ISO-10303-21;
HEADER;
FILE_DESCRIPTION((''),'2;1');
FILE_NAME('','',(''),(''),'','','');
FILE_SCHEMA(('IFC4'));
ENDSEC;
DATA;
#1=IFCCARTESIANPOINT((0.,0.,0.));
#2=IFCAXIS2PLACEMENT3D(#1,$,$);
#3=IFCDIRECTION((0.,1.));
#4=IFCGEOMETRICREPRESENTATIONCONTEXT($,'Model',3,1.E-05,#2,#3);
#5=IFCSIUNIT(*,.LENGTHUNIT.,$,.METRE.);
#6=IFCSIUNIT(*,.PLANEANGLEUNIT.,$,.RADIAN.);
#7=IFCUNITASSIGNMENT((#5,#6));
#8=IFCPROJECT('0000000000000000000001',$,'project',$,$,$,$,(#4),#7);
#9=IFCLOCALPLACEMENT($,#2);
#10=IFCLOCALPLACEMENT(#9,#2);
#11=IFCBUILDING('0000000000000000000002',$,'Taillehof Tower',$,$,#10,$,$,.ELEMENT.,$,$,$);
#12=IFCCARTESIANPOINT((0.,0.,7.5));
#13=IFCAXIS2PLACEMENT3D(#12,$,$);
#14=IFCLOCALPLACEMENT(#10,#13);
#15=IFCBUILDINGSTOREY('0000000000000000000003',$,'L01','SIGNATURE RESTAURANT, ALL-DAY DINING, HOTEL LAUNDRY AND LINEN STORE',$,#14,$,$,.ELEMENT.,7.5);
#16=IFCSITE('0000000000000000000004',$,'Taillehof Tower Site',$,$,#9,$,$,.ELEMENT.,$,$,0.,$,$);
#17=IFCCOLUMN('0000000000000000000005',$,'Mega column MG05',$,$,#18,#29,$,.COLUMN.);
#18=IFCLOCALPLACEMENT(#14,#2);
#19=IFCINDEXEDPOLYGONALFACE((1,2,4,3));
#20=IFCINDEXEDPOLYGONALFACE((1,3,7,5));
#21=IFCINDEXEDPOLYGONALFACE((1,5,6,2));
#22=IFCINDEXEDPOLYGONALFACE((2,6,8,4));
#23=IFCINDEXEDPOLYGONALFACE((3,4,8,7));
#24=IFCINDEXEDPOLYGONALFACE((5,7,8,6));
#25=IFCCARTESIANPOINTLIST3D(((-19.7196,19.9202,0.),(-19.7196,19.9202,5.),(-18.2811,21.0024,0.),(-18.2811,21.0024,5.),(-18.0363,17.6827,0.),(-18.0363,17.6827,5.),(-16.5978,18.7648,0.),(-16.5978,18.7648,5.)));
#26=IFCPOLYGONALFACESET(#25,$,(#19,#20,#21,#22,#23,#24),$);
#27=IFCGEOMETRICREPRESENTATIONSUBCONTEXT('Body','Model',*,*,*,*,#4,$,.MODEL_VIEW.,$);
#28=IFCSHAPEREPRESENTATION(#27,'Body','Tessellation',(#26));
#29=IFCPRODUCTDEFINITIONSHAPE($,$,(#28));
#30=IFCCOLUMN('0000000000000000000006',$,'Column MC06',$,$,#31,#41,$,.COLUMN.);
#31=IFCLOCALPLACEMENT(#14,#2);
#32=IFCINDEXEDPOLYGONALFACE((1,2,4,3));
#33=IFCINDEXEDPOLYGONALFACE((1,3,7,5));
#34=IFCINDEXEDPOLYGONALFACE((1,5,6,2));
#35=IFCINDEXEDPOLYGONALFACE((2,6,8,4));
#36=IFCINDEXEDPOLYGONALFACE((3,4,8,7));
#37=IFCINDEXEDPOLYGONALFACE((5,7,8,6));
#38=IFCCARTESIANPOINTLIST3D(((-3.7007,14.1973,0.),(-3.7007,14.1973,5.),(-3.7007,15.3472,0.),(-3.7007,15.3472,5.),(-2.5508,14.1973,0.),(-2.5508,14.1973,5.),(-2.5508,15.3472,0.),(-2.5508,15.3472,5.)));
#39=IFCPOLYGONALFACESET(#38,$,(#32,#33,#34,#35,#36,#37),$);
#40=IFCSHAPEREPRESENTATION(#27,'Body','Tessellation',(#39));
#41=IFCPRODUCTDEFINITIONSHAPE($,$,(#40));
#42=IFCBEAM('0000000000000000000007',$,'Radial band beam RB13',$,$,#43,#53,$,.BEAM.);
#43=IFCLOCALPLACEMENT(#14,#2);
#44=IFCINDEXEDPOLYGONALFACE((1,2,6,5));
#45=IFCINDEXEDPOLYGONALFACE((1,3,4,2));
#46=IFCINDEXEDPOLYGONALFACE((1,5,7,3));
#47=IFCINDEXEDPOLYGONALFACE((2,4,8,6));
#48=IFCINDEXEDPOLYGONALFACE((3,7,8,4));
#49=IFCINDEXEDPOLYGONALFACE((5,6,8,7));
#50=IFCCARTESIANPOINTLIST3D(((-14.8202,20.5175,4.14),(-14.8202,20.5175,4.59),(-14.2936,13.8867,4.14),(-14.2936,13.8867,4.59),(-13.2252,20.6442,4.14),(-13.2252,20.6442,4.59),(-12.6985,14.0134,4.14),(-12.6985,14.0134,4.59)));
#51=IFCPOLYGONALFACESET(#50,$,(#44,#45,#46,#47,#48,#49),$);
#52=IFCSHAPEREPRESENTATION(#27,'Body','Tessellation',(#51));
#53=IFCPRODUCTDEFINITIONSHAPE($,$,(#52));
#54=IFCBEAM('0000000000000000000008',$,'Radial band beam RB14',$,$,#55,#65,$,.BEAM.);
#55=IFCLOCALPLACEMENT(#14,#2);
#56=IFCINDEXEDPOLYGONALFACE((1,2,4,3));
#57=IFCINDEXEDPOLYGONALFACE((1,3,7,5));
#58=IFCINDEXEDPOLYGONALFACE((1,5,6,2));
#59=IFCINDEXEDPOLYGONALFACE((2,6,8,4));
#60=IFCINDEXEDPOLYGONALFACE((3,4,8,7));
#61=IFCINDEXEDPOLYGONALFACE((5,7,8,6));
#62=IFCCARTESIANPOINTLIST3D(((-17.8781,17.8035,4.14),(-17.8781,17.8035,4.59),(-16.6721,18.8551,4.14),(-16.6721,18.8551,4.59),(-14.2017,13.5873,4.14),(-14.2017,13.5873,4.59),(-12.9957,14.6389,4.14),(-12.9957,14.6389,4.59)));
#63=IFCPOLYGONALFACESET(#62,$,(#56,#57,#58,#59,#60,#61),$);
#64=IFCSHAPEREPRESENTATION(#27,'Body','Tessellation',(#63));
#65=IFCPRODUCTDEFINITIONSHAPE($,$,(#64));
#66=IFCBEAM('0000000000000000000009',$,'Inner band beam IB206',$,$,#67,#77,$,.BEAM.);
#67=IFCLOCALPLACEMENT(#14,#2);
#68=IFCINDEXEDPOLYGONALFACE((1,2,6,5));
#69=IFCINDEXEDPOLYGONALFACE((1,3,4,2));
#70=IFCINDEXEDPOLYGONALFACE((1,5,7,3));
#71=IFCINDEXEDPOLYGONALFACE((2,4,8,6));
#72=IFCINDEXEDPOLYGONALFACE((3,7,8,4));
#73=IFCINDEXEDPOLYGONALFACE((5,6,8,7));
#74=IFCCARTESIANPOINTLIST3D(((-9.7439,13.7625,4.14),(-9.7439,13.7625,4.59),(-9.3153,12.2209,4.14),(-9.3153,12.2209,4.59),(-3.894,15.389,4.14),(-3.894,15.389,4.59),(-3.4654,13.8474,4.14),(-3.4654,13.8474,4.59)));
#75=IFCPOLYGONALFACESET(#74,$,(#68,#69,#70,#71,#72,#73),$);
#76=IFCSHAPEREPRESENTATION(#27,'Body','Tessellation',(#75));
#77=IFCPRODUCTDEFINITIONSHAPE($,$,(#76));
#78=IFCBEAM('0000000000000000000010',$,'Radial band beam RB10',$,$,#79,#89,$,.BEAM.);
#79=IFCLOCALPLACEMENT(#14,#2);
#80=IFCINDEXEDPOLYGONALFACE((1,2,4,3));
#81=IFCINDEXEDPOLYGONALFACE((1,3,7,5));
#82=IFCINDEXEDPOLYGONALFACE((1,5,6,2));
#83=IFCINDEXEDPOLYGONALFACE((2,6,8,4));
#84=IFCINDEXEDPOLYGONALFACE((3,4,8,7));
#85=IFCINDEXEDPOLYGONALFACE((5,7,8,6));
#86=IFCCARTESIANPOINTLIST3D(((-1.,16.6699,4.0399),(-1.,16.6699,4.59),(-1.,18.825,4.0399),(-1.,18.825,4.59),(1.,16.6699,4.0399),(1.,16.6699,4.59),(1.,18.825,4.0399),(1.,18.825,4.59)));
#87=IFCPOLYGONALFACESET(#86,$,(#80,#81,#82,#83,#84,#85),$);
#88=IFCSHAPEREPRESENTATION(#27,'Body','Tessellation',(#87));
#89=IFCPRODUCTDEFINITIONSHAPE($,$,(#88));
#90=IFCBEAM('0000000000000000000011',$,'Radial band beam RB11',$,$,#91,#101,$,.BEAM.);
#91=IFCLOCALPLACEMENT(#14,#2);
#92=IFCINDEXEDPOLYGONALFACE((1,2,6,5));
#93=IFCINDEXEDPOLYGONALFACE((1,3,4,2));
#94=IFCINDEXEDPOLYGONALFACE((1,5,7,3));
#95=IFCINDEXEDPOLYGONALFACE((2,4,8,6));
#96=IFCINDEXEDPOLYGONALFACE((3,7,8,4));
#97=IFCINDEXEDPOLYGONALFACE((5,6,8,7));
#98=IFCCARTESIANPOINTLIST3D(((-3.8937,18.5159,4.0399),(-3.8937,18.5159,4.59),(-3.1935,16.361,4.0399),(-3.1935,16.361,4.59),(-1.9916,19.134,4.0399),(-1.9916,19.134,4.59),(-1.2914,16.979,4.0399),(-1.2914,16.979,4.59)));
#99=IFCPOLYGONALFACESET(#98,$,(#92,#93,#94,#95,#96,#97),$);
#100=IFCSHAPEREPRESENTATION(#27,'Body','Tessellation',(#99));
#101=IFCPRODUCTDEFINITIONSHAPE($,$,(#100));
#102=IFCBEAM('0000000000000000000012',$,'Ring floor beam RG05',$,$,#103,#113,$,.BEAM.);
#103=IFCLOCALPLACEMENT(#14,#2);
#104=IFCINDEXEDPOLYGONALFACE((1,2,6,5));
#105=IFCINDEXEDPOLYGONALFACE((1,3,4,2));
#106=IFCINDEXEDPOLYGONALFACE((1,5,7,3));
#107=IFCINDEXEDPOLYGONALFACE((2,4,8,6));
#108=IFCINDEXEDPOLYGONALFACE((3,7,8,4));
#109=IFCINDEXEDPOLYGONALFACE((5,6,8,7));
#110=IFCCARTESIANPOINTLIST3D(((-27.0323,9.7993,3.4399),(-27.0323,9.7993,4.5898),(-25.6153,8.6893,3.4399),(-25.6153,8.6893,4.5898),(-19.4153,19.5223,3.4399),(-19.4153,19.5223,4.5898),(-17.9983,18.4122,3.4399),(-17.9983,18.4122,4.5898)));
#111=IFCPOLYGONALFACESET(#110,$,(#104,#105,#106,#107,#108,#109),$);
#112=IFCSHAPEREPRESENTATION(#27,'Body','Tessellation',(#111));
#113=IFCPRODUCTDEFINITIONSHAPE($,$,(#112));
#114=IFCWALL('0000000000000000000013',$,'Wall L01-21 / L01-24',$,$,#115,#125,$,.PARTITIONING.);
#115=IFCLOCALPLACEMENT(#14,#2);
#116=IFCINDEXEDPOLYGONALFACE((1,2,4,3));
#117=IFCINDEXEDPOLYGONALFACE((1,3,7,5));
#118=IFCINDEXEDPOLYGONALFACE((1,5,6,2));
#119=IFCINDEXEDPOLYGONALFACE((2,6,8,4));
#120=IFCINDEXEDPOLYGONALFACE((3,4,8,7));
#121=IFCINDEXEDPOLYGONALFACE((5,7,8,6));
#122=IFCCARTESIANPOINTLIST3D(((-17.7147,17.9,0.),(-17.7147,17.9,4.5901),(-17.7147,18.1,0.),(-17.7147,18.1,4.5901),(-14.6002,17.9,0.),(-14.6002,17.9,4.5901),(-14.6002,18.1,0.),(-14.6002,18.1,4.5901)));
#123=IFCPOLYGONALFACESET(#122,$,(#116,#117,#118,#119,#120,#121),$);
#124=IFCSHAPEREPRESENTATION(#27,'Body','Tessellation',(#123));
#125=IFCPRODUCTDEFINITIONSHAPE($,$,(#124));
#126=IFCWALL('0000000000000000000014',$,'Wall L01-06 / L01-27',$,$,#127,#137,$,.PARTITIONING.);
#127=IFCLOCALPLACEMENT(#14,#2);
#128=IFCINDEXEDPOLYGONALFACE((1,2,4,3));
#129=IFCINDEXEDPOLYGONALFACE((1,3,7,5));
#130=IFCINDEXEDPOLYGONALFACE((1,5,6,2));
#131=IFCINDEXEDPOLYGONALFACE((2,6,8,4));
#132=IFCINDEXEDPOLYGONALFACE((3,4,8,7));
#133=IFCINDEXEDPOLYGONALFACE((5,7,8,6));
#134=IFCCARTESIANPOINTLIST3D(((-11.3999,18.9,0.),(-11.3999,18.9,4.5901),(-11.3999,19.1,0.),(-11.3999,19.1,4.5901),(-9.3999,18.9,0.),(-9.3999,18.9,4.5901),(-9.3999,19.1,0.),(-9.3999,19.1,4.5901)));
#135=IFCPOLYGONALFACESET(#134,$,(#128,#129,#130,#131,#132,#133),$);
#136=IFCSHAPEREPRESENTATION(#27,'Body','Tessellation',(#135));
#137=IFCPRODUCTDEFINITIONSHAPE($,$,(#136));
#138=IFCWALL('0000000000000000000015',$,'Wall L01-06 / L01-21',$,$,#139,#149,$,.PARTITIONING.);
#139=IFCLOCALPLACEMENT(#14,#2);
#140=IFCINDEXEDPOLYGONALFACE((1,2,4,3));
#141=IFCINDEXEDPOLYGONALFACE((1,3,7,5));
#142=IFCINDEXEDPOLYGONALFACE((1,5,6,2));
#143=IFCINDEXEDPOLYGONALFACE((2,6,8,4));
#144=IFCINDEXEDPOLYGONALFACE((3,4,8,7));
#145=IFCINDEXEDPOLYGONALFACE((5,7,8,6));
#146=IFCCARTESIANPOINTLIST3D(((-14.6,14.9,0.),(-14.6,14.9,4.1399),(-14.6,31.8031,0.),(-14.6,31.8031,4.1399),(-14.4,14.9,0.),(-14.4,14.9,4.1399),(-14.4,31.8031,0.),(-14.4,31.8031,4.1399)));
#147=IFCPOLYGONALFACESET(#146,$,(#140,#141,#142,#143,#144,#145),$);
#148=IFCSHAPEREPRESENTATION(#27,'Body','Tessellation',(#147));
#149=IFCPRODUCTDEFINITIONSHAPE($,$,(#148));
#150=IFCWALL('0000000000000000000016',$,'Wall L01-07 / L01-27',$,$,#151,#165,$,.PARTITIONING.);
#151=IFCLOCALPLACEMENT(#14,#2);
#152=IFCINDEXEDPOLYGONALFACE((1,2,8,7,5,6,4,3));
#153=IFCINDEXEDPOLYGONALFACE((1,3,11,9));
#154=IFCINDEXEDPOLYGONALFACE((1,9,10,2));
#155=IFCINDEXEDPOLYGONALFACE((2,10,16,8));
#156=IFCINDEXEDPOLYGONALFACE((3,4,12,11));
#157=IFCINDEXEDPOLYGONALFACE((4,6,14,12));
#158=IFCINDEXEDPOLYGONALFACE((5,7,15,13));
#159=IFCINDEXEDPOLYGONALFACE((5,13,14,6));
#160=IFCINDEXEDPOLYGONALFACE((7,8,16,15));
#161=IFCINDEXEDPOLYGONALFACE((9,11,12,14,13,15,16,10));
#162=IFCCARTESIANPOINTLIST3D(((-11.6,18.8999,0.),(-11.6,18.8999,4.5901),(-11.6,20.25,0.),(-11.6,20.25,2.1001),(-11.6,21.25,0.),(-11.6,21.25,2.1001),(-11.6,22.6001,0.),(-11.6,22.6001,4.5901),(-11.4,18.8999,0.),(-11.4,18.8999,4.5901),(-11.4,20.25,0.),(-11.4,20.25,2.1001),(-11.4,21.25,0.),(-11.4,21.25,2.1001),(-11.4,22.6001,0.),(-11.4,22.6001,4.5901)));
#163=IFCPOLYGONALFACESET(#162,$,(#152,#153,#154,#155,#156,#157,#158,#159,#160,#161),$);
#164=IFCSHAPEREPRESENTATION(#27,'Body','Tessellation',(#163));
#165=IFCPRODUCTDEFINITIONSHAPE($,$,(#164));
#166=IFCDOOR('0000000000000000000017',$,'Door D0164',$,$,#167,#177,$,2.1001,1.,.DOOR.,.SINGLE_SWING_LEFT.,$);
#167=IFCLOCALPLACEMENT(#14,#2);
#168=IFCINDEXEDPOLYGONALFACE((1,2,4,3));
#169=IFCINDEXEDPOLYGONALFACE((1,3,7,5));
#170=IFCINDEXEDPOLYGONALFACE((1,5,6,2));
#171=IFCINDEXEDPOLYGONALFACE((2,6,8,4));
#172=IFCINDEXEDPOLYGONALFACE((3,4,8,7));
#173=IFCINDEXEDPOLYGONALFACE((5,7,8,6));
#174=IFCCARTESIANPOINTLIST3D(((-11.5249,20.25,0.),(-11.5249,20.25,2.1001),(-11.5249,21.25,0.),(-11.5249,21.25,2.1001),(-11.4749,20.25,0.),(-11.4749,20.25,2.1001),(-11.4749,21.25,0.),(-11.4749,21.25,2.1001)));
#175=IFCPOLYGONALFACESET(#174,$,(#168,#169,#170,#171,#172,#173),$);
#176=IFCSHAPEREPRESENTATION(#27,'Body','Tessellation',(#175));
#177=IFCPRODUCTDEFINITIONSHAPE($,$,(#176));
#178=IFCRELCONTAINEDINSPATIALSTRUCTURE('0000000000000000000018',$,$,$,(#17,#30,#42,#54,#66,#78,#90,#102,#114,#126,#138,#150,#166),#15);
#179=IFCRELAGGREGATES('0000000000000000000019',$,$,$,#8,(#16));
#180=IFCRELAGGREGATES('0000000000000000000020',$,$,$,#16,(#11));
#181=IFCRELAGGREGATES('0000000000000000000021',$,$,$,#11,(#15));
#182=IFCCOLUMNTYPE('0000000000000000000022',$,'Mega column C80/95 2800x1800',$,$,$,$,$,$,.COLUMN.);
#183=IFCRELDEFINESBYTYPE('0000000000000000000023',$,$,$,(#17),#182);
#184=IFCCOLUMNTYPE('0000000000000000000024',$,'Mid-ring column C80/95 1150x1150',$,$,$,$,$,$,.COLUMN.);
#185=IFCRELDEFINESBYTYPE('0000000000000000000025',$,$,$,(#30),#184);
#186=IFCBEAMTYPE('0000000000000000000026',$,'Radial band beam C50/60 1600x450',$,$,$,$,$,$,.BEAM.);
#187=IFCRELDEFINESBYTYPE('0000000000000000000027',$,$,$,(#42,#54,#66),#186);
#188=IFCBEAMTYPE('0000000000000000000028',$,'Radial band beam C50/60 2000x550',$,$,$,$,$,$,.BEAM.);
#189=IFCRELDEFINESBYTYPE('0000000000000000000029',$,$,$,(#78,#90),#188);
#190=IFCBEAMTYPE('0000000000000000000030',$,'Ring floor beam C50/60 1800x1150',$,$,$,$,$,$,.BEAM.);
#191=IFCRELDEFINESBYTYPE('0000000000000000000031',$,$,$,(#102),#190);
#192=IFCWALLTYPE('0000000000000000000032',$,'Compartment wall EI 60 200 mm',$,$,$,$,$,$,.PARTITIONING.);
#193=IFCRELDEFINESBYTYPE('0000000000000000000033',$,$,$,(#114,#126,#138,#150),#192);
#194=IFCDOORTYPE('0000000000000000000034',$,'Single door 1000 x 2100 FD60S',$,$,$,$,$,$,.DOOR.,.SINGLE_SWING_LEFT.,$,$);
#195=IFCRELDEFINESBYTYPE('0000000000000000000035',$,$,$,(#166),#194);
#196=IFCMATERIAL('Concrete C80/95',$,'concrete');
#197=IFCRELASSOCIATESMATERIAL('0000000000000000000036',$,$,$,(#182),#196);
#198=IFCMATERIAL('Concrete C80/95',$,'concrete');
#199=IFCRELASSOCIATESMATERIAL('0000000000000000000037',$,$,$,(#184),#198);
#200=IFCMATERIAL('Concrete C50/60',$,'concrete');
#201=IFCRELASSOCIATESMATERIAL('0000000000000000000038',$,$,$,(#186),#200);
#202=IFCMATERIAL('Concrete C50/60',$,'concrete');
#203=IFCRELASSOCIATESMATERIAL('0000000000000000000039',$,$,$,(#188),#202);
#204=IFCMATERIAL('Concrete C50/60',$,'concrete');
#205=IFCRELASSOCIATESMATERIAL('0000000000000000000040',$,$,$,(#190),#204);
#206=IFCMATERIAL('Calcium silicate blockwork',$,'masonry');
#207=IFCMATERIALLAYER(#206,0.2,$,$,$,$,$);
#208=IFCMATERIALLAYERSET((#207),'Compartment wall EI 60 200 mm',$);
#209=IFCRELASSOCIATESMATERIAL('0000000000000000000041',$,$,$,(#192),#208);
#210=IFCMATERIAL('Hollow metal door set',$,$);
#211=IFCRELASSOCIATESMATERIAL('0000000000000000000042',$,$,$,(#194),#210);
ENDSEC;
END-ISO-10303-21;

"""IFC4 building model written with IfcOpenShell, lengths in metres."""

from ifc_helpers import new_model, si_unit, direction, frame, frame_2d, origin, origin_2d, place, context, subcontext, project, spatial, rectangle, extrude, material, layer, layer_set, material_profile, profile_set, type_object, element, fill, save


model = new_model("IFC4")

# Units and contexts
model_context = context("Model", 3, precision=1e-05, world=origin(), true_north=direction((0.0, 1.0)))
body_context = subcontext(model_context, "Body", "Model", "MODEL_VIEW")
ifc_project = project(units=[si_unit("LENGTHUNIT", "METRE"), si_unit("PLANEANGLEUNIT", "RADIAN")], contexts=[model_context])

# Site, building, storey
site_placement = place(None, origin())
site = spatial("IfcSite", under=ifc_project, at=site_placement, Name="Taillehof Tower Site", CompositionType="ELEMENT", RefElevation=0.0)
building_placement = place(site_placement, origin())
building = spatial("IfcBuilding", under=site, at=building_placement, Name="Taillehof Tower", CompositionType="ELEMENT")
storey_placement = place(building_placement, frame((0.0, 0.0, 7.5)))
storey = spatial("IfcBuildingStorey", under=building, at=storey_placement, Name="L01", Description="SIGNATURE RESTAURANT, ALL-DAY DINING, HOTEL LAUNDRY AND LINEN STORE", CompositionType="ELEMENT", Elevation=7.5)

# Columns
ifc_material_1 = material(Name="Concrete C80/95", Category="concrete")
ifc_material_profile_1 = material_profile(ifc_material_1, rectangle(XDim=2.8, YDim=1.8, at=origin_2d()), Name="RC 2800x1800")
ifc_profile_set_1 = profile_set([ifc_material_profile_1], Name="Concrete C80/95")
column_type_1 = type_object("IfcColumnType", Name="Mega column C80/95 2800x1800", PredefinedType="COLUMN", material=ifc_profile_set_1)
column_1_placement = place(storey_placement, frame((-18.1587, 19.3425, 0.0), z_axis=(0.0, 0.0, 1.0), x_axis=(-0.601174, 0.799118, 0.0)))
element("IfcColumn", 1, at=column_1_placement, inside=storey, type_object=column_type_1, Name="Mega column MG05", PredefinedType="COLUMN", context=body_context, shape_type="SweptSolid", body=[
    extrude(rectangle(XDim=2.8, YDim=1.8, at=origin_2d()), origin(), (0.0, 0.0, 1.0), 5.0),
])
ifc_material_2 = material(Name="Concrete C80/95", Category="concrete")
ifc_material_profile_2 = material_profile(ifc_material_2, rectangle(XDim=1.1499, YDim=1.1499, at=origin_2d()), Name="RC 1150x1150")
ifc_profile_set_2 = profile_set([ifc_material_profile_2], Name="Concrete C80/95")
column_type_2 = type_object("IfcColumnType", Name="Mid-ring column C80/95 1150x1150", PredefinedType="COLUMN", material=ifc_profile_set_2)
column_2_placement = place(storey_placement, frame((-3.1257, 14.7722, 0.0), z_axis=(0.0, 0.0, 1.0), x_axis=(1.0, 0.0, 0.0)))
element("IfcColumn", 2, at=column_2_placement, inside=storey, type_object=column_type_2, Name="Column MC06", PredefinedType="COLUMN", context=body_context, shape_type="SweptSolid", body=[
    extrude(rectangle(XDim=1.1499, YDim=1.1499, at=origin_2d()), origin(), (0.0, 0.0, 1.0), 5.0),
])

# Beams
ifc_material_3 = material(Name="Concrete C50/60", Category="concrete")
ifc_material_profile_3 = material_profile(ifc_material_3, rectangle(XDim=1.6001, YDim=0.45, at=origin_2d()), Name="RC 1600x450")
ifc_profile_set_3 = profile_set([ifc_material_profile_3], Name="Concrete C50/60")
beam_type_1 = type_object("IfcBeamType", Name="Radial band beam C50/60 1600x450", PredefinedType="BEAM", material=ifc_profile_set_3)
beam_1_placement = place(storey_placement, frame((-14.0227, 20.5808, 4.365), z_axis=(0.079172, -0.996861, 0.0), x_axis=(0.996861, 0.079172, 0.0)))
element("IfcBeam", 3, at=beam_1_placement, inside=storey, type_object=beam_type_1, Name="Radial band beam RB13", PredefinedType="BEAM", context=body_context, shape_type="SweptSolid", body=[
    extrude(rectangle(XDim=1.6001, YDim=0.45, at=origin_2d()), origin(), (0.0, 0.0, 1.0), 6.6516),
])
beam_2_placement = place(storey_placement, frame((-17.2751, 18.3293, 4.365), z_axis=(0.657212, -0.753706, 0.0), x_axis=(0.753706, 0.657212, 0.0)))
element("IfcBeam", 4, at=beam_2_placement, inside=storey, type_object=beam_type_1, Name="Radial band beam RB14", PredefinedType="BEAM", context=body_context, shape_type="SweptSolid", body=[
    extrude(rectangle(XDim=1.6001, YDim=0.45, at=origin_2d()), origin(), (0.0, 0.0, 1.0), 5.594),
])
beam_3_placement = place(storey_placement, frame((-3.6797, 14.6182, 4.365), z_axis=(-0.963454, -0.267874, 0.0), x_axis=(0.267874, -0.963454, 0.0)))
element("IfcBeam", 5, at=beam_3_placement, inside=storey, type_object=beam_type_1, Name="Inner band beam IB206", PredefinedType="BEAM", context=body_context, shape_type="SweptSolid", body=[
    extrude(rectangle(XDim=1.6001, YDim=0.45, at=origin_2d()), origin(), (0.0, 0.0, 1.0), 6.0718),
])
ifc_material_4 = material(Name="Concrete C50/60", Category="concrete")
ifc_material_profile_4 = material_profile(ifc_material_4, rectangle(XDim=2.0, YDim=0.55, at=origin_2d()), Name="RC 2000x550")
ifc_profile_set_4 = profile_set([ifc_material_profile_4], Name="Concrete C50/60")
beam_type_2 = type_object("IfcBeamType", Name="Radial band beam C50/60 2000x550", PredefinedType="BEAM", material=ifc_profile_set_4)
beam_4_placement = place(storey_placement, frame((0.0, 18.825, 4.3149), z_axis=(0.0, -1.0, 0.0), x_axis=(1.0, 0.0, 0.0)))
element("IfcBeam", 6, at=beam_4_placement, inside=storey, type_object=beam_type_2, Name="Radial band beam RB10", PredefinedType="BEAM", context=body_context, shape_type="SweptSolid", body=[
    extrude(rectangle(XDim=2.0, YDim=0.55, at=origin_2d()), origin(), (0.0, 0.0, 1.0), 2.155),
])
beam_5_placement = place(storey_placement, frame((-2.9426, 18.825, 4.3149), z_axis=(0.309011, -0.951059, 0.0), x_axis=(0.951059, 0.309011, 0.0)))
element("IfcBeam", 7, at=beam_5_placement, inside=storey, type_object=beam_type_2, Name="Radial band beam RB11", PredefinedType="BEAM", context=body_context, shape_type="SweptSolid", body=[
    extrude(rectangle(XDim=2.0, YDim=0.55, at=origin_2d()), origin(), (0.0, 0.0, 1.0), 2.2659),
])
ifc_material_5 = material(Name="Concrete C50/60", Category="concrete")
ifc_material_profile_5 = material_profile(ifc_material_5, rectangle(XDim=1.8, YDim=1.1499, at=origin_2d()), Name="RC 1800x1150")
ifc_profile_set_5 = profile_set([ifc_material_profile_5], Name="Concrete C50/60")
beam_type_3 = type_object("IfcBeamType", Name="Ring floor beam C50/60 1800x1150", PredefinedType="BEAM", material=ifc_profile_set_5)
beam_6_placement = place(storey_placement, frame((-18.7068, 18.9673, 4.0149), z_axis=(-0.616696, -0.787202, 0.0), x_axis=(0.787202, -0.616696, 0.0)))
element("IfcBeam", 8, at=beam_6_placement, inside=storey, type_object=beam_type_3, Name="Ring floor beam RG05", PredefinedType="BEAM", context=body_context, shape_type="SweptSolid", body=[
    extrude(rectangle(XDim=1.8, YDim=1.1499, at=origin_2d()), origin(), (0.0, 0.0, 1.0), 12.3513),
])

# Walls
ifc_material_6 = material(Name="Calcium silicate blockwork", Category="masonry")
ifc_layer_1 = layer(ifc_material_6, 0.2)
ifc_layer_set_1 = layer_set([ifc_layer_1], Name="Compartment wall EI 60 200 mm")
wall_type_1 = type_object("IfcWallType", Name="Compartment wall EI 60 200 mm", PredefinedType="PARTITIONING", material=ifc_layer_set_1)
wall_1_placement = place(storey_placement, frame((-17.7146, 18.0, 0.0), z_axis=(0.0, 0.0, 1.0), x_axis=(1.0, 0.0, 0.0)))
element("IfcWall", 9, at=wall_1_placement, inside=storey, type_object=wall_type_1, Name="Wall L01-21 / L01-24", PredefinedType="PARTITIONING", context=body_context, shape_type="SweptSolid", body=[
    extrude(rectangle(XDim=3.1145, YDim=0.2, at=frame_2d((1.5571, 0.0))), origin(), (0.0, 0.0, 1.0), 4.5901),
])
wall_2_placement = place(storey_placement, frame((-11.3999, 19.0, 0.0), z_axis=(0.0, 0.0, 1.0), x_axis=(1.0, 0.0, 0.0)))
element("IfcWall", 10, at=wall_2_placement, inside=storey, type_object=wall_type_1, Name="Wall L01-06 / L01-27", PredefinedType="PARTITIONING", context=body_context, shape_type="SweptSolid", body=[
    extrude(rectangle(XDim=2.0, YDim=0.2, at=frame_2d((1.0, 0.0))), origin(), (0.0, 0.0, 1.0), 4.5901),
])
wall_3_placement = place(storey_placement, frame((-14.5, 14.8999, 0.0), z_axis=(0.0, 0.0, 1.0), x_axis=(0.0, 1.0, 0.0)))
element("IfcWall", 11, at=wall_3_placement, inside=storey, type_object=wall_type_1, Name="Wall L01-06 / L01-21", PredefinedType="PARTITIONING", context=body_context, shape_type="SweptSolid", body=[
    extrude(rectangle(XDim=16.9031, YDim=0.2, at=frame_2d((8.4517, 0.0))), origin(), (0.0, 0.0, 1.0), 4.1399),
])

# Wall, opening, door
wall_4_placement = place(storey_placement, frame((-11.5, 18.8999, 0.0), z_axis=(0.0, 0.0, 1.0), x_axis=(0.0, 1.0, 0.0)))
wall_4 = element("IfcWall", 12, at=wall_4_placement, inside=storey, type_object=wall_type_1, Name="Wall L01-07 / L01-27", PredefinedType="PARTITIONING", context=body_context, shape_type="SweptSolid", body=[
    extrude(rectangle(XDim=3.7002, YDim=0.2, at=frame_2d((1.8501, 0.0))), origin(), (0.0, 0.0, 1.0), 4.5901),
])
opening_1_placement = place(wall_4_placement, frame((1.3501, 0.0, 0.0)))
opening_1 = element("IfcOpeningElement", 13, at=opening_1_placement, cuts=wall_4, PredefinedType="OPENING", context=body_context, shape_type="SweptSolid", body=[
    extrude(rectangle(XDim=1.0, YDim=2.1001, at=frame_2d((0.5, 1.05))), frame((0.0, 0.1099, 0.0), z_axis=(0.0, -1.0, 0.0), x_axis=(1.0, 0.0, 0.0)), (0.0, 0.0, 1.0), 0.22),
])
ifc_material_7 = material(Name="Hollow metal door set")
door_type_1 = type_object("IfcDoorType", Name="Single door 1000 x 2100 FD60S", OperationType="SINGLE_SWING_LEFT", PredefinedType="DOOR", material=ifc_material_7)
door_1_placement = place(opening_1_placement, origin())
door_1 = element("IfcDoor", 14, at=door_1_placement, inside=storey, type_object=door_type_1, Name="Door D0164", OperationType="SINGLE_SWING_LEFT", OverallHeight=2.1001, OverallWidth=1.0, PredefinedType="DOOR", context=body_context, shape_type="SweptSolid", body=[
    extrude(rectangle(XDim=1.0, YDim=2.1001, at=frame_2d((0.5, 1.05))), frame((0.0, 0.0249, 0.0), z_axis=(0.0, -1.0, 0.0), x_axis=(1.0, 0.0, 0.0)), (0.0, 0.0, 1.0), 0.05),
])
fill(opening_1, door_1)

save(model, "model.ifc")
